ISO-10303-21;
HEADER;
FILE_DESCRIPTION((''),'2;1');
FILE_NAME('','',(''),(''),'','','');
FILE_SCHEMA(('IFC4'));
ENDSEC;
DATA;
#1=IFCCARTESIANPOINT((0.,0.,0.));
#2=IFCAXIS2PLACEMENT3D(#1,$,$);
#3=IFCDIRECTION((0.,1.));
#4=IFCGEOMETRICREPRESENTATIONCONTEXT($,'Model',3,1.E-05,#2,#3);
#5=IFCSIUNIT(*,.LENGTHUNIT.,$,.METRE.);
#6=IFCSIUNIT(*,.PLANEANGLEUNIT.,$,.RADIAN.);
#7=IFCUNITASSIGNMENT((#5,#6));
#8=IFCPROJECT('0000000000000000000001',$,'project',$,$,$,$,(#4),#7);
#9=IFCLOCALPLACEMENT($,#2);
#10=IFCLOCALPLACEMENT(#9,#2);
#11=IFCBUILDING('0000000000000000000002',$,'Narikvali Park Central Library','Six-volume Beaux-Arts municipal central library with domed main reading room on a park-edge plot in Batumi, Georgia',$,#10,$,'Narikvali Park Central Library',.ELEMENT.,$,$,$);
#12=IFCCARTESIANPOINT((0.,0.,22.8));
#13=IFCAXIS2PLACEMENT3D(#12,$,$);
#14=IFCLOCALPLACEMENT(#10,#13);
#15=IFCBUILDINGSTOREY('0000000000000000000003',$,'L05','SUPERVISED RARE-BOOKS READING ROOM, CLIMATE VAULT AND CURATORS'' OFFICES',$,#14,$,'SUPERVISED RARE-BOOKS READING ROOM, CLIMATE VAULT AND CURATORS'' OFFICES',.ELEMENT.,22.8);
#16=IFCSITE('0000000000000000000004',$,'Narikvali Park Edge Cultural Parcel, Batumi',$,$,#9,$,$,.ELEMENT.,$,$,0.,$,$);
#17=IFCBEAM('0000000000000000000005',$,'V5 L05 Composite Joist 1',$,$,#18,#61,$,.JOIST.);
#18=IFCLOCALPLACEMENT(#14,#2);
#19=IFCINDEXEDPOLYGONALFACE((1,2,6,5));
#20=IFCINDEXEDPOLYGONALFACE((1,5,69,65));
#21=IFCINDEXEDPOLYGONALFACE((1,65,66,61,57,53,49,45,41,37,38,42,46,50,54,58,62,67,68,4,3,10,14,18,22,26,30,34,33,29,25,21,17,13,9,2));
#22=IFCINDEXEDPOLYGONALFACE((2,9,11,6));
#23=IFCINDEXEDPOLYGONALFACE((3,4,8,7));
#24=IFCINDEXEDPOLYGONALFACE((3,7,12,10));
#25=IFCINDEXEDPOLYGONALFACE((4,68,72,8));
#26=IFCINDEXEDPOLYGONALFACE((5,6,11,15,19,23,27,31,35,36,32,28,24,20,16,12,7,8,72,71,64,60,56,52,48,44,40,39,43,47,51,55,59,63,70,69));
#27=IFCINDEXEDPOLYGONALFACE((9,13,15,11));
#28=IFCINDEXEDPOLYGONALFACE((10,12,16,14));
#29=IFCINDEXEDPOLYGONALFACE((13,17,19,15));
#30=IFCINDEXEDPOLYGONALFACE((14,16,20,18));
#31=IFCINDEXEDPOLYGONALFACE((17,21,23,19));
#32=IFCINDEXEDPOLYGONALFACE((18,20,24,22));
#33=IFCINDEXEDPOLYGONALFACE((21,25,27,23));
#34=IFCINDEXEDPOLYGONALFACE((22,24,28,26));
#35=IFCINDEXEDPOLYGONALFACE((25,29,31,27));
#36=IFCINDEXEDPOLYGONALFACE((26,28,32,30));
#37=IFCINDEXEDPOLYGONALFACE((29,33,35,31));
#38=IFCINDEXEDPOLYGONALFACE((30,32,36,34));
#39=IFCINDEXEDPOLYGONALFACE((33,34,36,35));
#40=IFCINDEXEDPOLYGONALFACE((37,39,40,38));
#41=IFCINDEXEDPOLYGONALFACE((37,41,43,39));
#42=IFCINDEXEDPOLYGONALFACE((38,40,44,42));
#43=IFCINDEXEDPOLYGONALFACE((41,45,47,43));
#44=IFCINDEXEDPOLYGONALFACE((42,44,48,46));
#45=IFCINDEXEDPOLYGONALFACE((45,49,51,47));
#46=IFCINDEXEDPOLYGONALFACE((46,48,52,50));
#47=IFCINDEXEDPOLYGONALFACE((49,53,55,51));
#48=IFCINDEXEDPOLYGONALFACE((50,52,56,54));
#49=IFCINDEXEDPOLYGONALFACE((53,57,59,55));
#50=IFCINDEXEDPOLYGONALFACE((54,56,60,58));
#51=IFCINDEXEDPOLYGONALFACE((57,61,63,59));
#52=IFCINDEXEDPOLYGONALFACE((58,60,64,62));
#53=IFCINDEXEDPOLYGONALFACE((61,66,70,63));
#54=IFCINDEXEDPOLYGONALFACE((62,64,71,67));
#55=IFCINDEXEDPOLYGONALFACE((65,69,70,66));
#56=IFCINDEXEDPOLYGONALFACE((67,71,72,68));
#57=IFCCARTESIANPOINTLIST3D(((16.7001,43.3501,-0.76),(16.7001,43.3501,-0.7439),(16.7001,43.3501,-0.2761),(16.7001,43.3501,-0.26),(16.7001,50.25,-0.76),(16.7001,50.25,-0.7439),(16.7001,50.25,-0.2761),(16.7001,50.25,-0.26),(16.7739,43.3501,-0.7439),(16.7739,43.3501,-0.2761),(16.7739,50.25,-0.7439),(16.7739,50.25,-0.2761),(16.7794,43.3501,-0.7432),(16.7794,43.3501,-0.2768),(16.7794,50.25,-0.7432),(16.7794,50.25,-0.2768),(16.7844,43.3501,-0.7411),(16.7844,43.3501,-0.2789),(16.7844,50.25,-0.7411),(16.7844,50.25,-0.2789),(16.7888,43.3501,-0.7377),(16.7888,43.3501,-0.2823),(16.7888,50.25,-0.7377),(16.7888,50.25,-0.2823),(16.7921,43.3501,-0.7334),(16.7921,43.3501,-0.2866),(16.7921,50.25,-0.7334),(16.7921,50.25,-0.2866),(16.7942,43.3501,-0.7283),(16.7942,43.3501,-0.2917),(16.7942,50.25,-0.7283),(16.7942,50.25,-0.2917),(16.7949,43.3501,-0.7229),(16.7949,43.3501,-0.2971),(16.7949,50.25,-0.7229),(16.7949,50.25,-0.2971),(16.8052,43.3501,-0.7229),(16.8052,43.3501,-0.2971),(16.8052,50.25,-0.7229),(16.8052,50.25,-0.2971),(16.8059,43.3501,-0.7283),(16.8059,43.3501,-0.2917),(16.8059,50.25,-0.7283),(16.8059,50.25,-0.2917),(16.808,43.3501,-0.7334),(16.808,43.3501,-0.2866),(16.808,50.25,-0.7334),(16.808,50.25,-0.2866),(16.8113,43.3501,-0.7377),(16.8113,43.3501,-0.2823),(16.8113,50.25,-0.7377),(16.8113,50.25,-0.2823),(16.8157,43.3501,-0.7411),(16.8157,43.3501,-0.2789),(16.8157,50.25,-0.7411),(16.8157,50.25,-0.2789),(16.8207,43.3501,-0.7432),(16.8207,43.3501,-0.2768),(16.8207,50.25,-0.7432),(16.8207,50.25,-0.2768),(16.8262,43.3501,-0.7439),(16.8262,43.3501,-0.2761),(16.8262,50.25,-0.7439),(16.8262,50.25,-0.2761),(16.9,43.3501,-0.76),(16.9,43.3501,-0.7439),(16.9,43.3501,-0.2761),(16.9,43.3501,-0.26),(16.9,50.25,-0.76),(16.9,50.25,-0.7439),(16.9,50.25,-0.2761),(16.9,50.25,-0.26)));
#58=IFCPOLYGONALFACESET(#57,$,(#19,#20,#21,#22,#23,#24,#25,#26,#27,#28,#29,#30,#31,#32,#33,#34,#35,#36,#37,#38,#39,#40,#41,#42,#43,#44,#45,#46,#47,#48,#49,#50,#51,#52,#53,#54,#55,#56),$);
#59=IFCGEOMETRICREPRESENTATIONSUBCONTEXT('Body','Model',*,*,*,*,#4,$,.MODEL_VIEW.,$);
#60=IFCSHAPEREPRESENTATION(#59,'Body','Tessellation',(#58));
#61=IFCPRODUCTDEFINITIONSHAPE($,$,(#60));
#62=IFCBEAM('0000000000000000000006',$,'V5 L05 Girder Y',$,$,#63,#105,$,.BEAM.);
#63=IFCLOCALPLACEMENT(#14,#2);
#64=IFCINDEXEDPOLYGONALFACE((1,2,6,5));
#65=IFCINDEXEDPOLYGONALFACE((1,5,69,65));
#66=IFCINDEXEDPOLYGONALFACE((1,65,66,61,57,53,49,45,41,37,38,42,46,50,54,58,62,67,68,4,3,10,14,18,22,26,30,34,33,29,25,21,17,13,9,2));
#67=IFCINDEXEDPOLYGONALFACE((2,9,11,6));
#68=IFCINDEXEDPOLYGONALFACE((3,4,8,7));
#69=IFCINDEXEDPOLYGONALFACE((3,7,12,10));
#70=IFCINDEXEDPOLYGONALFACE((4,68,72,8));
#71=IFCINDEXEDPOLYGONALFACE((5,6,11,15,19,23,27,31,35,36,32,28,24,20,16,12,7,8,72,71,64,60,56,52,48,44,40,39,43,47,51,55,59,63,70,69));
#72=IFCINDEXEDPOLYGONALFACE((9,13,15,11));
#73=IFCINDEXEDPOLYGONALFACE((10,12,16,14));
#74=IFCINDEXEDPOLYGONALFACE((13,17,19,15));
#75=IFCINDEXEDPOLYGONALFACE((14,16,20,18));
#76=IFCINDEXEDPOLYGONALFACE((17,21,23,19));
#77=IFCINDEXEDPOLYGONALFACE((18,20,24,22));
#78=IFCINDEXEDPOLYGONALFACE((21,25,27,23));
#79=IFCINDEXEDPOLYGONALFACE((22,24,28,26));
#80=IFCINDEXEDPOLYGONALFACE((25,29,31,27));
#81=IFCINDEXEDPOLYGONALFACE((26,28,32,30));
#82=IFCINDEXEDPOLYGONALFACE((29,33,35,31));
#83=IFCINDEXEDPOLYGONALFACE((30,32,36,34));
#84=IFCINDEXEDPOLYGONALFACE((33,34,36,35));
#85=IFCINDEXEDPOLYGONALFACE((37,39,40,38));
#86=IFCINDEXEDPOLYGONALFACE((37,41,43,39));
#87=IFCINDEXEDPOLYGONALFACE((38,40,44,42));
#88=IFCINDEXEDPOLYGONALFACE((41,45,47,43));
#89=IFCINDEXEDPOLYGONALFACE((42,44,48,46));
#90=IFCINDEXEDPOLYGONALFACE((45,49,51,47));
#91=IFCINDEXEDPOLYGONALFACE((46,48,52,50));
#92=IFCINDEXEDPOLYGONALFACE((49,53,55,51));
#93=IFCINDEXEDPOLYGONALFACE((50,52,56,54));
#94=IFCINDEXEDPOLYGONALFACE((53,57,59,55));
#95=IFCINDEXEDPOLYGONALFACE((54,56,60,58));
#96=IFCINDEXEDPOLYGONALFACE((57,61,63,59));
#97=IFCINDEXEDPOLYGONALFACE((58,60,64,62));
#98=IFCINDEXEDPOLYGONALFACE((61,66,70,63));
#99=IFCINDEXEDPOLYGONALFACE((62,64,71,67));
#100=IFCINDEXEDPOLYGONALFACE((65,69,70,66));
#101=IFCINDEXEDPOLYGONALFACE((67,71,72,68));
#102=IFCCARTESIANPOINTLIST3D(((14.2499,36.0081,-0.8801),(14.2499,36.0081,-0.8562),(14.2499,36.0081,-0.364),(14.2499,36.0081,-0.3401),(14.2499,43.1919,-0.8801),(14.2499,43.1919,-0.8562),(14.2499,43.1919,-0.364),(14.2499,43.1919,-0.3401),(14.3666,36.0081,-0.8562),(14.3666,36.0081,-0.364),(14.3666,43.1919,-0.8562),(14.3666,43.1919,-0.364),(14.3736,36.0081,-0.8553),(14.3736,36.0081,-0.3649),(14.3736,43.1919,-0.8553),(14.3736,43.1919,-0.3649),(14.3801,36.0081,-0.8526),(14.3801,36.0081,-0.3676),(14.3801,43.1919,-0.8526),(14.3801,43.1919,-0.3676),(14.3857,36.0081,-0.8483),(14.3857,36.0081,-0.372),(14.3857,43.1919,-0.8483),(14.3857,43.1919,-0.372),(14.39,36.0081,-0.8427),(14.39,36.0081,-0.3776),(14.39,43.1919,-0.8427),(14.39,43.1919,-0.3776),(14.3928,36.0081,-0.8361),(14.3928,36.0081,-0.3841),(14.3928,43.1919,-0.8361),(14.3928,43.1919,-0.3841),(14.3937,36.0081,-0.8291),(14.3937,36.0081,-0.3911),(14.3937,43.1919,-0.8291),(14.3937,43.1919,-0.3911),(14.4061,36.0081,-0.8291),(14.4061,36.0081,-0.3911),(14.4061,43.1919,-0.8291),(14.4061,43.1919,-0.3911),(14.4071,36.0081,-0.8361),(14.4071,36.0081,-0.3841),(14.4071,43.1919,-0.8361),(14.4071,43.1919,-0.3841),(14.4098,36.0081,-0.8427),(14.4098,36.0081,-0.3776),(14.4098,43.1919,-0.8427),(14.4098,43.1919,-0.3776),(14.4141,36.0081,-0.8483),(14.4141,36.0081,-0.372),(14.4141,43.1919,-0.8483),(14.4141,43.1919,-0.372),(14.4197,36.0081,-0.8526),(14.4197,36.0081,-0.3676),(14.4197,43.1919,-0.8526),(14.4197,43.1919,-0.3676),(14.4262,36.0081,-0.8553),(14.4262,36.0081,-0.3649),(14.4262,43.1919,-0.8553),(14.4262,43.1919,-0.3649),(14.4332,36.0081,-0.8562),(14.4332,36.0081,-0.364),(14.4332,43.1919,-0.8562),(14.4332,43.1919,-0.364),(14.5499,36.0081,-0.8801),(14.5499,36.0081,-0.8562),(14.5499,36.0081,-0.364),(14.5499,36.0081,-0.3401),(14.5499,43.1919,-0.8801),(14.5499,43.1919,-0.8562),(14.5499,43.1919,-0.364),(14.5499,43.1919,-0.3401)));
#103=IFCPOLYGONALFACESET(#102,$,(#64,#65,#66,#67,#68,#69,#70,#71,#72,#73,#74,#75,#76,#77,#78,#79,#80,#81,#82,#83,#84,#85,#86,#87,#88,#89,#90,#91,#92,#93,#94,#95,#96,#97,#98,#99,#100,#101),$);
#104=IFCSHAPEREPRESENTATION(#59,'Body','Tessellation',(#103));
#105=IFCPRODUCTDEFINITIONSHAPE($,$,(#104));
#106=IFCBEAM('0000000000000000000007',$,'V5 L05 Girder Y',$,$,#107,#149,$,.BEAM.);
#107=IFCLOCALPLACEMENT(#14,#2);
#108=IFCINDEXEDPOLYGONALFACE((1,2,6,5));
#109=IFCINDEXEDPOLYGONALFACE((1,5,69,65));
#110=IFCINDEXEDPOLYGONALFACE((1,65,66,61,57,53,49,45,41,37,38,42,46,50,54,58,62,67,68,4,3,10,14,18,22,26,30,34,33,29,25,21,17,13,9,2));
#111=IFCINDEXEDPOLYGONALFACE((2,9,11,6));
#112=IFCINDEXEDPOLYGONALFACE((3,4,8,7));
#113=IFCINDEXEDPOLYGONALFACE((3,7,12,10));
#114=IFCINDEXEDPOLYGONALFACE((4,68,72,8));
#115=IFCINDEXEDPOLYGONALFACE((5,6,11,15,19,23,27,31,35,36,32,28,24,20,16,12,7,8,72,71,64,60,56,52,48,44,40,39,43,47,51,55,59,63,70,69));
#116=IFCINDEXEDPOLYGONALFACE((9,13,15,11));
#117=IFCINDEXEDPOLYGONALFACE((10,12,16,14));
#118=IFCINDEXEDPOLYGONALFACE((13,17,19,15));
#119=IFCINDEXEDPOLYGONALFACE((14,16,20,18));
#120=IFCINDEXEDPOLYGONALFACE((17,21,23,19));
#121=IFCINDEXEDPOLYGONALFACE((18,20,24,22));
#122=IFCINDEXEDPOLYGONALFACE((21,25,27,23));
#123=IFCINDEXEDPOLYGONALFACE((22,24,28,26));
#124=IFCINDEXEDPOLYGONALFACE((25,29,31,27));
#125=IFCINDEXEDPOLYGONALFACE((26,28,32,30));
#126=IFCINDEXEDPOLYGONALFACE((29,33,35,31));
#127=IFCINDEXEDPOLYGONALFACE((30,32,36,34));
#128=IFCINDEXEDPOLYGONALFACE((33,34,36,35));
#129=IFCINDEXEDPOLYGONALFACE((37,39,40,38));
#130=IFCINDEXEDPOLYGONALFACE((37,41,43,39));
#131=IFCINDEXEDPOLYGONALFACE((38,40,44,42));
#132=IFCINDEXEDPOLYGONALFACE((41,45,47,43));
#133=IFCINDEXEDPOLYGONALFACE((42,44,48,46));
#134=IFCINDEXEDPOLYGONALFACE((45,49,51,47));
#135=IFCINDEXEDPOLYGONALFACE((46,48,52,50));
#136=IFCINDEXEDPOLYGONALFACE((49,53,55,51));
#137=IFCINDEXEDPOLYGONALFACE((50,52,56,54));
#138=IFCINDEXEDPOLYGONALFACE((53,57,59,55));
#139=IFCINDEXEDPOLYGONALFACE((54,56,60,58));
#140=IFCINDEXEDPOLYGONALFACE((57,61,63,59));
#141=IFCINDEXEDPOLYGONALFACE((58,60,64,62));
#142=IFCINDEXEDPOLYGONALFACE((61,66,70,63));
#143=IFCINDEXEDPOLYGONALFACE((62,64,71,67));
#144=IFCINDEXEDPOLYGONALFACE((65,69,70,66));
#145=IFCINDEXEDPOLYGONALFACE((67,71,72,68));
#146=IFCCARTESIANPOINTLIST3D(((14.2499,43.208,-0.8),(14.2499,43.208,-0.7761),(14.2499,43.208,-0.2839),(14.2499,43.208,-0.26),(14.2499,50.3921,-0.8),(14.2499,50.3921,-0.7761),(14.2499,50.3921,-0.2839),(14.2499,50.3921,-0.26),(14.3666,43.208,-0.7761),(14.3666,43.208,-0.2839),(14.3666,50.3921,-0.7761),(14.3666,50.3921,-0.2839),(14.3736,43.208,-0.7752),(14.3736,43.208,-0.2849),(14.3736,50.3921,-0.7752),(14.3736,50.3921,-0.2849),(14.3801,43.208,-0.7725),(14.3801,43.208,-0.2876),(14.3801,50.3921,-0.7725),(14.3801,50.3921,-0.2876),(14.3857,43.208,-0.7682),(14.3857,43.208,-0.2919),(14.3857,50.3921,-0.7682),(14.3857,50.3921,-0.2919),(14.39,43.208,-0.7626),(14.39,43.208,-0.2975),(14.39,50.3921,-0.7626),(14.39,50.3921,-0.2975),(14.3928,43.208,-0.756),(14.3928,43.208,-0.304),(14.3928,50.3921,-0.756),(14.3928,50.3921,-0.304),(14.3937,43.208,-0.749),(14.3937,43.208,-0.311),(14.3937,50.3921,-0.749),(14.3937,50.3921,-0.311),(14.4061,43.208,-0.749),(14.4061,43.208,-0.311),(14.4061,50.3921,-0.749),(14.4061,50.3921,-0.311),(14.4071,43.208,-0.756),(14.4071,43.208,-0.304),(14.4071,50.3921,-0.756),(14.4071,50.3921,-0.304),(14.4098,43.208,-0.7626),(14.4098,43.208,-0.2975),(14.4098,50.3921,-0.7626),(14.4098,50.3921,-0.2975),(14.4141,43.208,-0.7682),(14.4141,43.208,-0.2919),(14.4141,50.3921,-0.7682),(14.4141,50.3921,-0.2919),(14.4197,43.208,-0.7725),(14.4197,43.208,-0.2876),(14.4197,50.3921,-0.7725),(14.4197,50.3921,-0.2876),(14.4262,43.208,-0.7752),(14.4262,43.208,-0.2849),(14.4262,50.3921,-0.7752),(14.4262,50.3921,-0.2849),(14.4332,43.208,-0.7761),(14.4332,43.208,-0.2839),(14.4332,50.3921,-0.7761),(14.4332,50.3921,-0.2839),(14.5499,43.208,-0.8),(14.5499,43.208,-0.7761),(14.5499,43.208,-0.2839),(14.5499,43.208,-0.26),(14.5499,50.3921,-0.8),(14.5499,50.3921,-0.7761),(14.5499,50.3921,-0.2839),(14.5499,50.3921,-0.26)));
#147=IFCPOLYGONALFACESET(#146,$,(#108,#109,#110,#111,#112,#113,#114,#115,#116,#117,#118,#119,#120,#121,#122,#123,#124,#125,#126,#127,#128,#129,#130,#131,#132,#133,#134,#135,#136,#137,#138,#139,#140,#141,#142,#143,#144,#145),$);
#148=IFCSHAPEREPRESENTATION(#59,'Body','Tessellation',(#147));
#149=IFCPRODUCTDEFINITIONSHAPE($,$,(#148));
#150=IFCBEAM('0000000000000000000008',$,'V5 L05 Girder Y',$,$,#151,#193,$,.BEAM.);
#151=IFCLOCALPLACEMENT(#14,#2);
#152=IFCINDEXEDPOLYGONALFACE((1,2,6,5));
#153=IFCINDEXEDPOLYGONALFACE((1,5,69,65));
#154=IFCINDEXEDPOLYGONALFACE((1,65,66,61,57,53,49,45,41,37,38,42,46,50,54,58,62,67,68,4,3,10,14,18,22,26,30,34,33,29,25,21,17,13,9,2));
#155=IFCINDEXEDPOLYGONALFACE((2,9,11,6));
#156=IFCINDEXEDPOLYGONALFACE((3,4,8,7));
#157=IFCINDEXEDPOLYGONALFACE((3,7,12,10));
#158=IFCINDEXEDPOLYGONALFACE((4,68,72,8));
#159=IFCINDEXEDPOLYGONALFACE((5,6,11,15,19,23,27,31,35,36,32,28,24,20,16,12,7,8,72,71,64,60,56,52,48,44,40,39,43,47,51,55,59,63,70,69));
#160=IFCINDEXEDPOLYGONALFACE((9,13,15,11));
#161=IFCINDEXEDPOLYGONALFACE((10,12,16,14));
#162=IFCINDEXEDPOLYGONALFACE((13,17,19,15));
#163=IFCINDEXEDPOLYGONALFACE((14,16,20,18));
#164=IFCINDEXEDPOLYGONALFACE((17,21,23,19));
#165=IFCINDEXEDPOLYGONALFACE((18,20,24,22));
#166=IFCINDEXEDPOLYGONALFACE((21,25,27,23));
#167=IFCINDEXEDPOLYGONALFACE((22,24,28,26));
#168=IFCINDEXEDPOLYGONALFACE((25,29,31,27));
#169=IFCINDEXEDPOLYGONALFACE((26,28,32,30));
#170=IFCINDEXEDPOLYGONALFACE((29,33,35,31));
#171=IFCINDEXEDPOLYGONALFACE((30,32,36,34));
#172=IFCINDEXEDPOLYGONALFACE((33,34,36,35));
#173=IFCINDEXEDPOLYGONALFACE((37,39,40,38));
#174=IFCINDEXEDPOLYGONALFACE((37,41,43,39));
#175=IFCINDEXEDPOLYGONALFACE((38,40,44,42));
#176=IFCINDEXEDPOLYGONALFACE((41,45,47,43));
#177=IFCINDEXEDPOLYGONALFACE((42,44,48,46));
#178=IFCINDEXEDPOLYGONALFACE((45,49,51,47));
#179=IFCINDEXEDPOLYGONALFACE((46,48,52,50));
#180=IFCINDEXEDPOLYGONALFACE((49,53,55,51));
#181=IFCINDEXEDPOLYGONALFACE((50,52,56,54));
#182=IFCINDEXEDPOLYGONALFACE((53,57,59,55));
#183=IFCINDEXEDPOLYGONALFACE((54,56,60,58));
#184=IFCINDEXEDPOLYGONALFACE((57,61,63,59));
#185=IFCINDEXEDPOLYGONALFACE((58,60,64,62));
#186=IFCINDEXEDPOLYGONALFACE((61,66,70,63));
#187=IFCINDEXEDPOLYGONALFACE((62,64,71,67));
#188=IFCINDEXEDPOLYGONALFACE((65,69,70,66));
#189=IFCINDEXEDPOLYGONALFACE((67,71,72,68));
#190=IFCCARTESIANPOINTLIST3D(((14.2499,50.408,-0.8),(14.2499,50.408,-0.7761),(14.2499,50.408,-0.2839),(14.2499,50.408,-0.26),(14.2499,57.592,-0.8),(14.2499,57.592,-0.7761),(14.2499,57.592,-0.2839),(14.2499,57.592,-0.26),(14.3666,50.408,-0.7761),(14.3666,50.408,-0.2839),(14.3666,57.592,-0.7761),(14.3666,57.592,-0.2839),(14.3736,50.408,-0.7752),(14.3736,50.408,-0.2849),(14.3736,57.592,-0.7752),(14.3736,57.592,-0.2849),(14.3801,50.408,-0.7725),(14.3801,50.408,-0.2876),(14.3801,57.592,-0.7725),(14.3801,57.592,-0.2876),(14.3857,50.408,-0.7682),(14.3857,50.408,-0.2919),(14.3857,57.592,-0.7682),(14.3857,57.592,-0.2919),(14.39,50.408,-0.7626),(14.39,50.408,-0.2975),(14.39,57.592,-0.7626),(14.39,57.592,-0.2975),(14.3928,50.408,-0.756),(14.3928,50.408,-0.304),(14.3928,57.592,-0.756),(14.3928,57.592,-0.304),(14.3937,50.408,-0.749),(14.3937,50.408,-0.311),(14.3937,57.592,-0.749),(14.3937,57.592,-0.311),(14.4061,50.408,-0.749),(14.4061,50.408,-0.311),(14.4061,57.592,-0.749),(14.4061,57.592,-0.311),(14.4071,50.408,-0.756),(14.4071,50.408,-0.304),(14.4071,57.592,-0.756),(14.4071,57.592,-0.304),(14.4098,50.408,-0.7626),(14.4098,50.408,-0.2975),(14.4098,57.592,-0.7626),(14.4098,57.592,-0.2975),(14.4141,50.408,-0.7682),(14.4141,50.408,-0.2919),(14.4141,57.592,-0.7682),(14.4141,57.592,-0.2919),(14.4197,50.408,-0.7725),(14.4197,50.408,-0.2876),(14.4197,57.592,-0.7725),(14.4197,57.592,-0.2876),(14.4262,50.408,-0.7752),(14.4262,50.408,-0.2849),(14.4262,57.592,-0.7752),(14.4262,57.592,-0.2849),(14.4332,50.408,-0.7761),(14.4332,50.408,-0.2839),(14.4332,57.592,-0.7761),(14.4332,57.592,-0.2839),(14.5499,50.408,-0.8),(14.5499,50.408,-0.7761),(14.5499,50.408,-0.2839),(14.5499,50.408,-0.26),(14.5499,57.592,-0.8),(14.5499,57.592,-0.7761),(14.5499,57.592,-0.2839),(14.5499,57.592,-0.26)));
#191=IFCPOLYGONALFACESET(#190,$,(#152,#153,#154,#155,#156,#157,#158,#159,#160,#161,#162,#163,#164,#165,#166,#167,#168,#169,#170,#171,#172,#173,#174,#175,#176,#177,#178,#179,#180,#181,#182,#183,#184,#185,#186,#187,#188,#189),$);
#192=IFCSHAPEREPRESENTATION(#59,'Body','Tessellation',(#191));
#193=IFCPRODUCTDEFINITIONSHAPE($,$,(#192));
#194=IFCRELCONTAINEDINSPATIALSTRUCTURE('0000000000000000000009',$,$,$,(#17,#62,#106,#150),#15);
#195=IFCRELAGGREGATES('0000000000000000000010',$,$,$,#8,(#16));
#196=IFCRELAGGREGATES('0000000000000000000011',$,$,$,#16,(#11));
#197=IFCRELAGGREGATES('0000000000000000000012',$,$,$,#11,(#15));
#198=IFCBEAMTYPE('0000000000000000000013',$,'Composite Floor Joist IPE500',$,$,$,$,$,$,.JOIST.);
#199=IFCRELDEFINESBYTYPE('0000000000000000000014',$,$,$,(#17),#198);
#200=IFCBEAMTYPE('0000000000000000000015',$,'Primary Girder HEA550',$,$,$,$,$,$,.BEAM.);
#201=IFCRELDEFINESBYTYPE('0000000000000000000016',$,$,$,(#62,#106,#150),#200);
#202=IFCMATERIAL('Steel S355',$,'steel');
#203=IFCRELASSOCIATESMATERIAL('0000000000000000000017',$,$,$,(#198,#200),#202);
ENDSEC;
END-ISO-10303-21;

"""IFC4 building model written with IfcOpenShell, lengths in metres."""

from ifc_helpers import new_model, si_unit, direction, frame, origin, origin_2d, place, context, subcontext, project, spatial, i_section, extrude, material, material_profile, profile_set, type_object, element, save


model = new_model("IFC4")

# Units and contexts
model_context = context("Model", 3, precision=1e-05, world=origin(), true_north=direction((0.0, 1.0)))
body_context = subcontext(model_context, "Body", "Model", "MODEL_VIEW")
ifc_project = project(units=[si_unit("LENGTHUNIT", "METRE"), si_unit("PLANEANGLEUNIT", "RADIAN")], contexts=[model_context])

# Site, building, storey
site_placement = place(None, origin())
site = spatial("IfcSite", under=ifc_project, at=site_placement, Name="Narikvali Park Edge Cultural Parcel, Batumi", CompositionType="ELEMENT", RefElevation=0.0)
building_placement = place(site_placement, origin())
building = spatial("IfcBuilding", under=site, at=building_placement, Name="Narikvali Park Central Library", Description="Six-volume Beaux-Arts municipal central library with domed main reading room on a park-edge plot in Batumi, Georgia", LongName="Narikvali Park Central Library", CompositionType="ELEMENT")
storey_placement = place(building_placement, frame((0.0, 0.0, 22.8)))
storey = spatial("IfcBuildingStorey", under=building, at=storey_placement, Name="L05", Description="SUPERVISED RARE-BOOKS READING ROOM, CLIMATE VAULT AND CURATORS' OFFICES", LongName="SUPERVISED RARE-BOOKS READING ROOM, CLIMATE VAULT AND CURATORS' OFFICES", CompositionType="ELEMENT", Elevation=22.8)

# Shared definitions
ifc_material_1 = material(Name="Steel S355", Category="steel")

# Beams
ifc_material_profile_1 = material_profile(ifc_material_1, i_section(OverallWidth=0.2, OverallDepth=0.5, WebThickness=0.0103, FlangeThickness=0.0161, FilletRadius=0.021, at=origin_2d()), Name="IPE 500")
ifc_profile_set_1 = profile_set([ifc_material_profile_1], Name="Steel S355")
beam_type_1 = type_object("IfcBeamType", Name="Composite Floor Joist IPE500", PredefinedType="JOIST", material=ifc_profile_set_1)
beam_1_placement = place(storey_placement, frame((16.8, 43.3501, -0.51), z_axis=(0.0, 1.0, 0.0), x_axis=(-1.0, 0.0, 0.0)))
element("IfcBeam", 1, at=beam_1_placement, inside=storey, type_object=beam_type_1, Name="V5 L05 Composite Joist 1", PredefinedType="JOIST", context=body_context, shape_type="SweptSolid", body=[
    extrude(i_section(OverallWidth=0.2, OverallDepth=0.5, WebThickness=0.0103, FlangeThickness=0.0161, FilletRadius=0.021, at=origin_2d()), origin(), (0.0, 0.0, 1.0), 6.8999),
])
ifc_material_profile_2 = material_profile(ifc_material_1, i_section(OverallWidth=0.3, OverallDepth=0.54, WebThickness=0.0125, FlangeThickness=0.0239, FilletRadius=0.0271, at=origin_2d()), Name="HEA 550")
ifc_profile_set_2 = profile_set([ifc_material_profile_2], Name="Steel S355")
beam_type_2 = type_object("IfcBeamType", Name="Primary Girder HEA550", PredefinedType="BEAM", material=ifc_profile_set_2)
beam_2_placement = place(storey_placement, frame((14.3999, 36.0081, -0.6101), z_axis=(0.0, 1.0, 0.0), x_axis=(-1.0, 0.0, 0.0)))
element("IfcBeam", 2, at=beam_2_placement, inside=storey, type_object=beam_type_2, Name="V5 L05 Girder Y", PredefinedType="BEAM", context=body_context, shape_type="SweptSolid", body=[
    extrude(i_section(OverallWidth=0.3, OverallDepth=0.54, WebThickness=0.0125, FlangeThickness=0.0239, FilletRadius=0.0271, at=origin_2d()), origin(), (0.0, 0.0, 1.0), 7.1838),
])
for number, where, z_axis, x_axis, name in (
    (3, (14.3999, 43.208, -0.53), (0.0, 1.0, 0.0), (-1.0, 0.0, 0.0), "V5 L05 Girder Y"),
    (4, (14.3999, 50.408, -0.53), (0.0, 1.0, 0.0), (-1.0, 0.0, 0.0), "V5 L05 Girder Y"),
):
    element("IfcBeam", number, at=place(storey_placement, frame(where, z_axis=z_axis, x_axis=x_axis)), inside=storey, type_object=beam_type_2, Name=name, PredefinedType="BEAM", context=body_context, shape_type="SweptSolid", body=[
        extrude(i_section(OverallWidth=0.3, OverallDepth=0.54, WebThickness=0.0125, FlangeThickness=0.0239, FilletRadius=0.0271, at=origin_2d()), origin(), (0.0, 0.0, 1.0), 7.1841),
    ])

save(model, "model.ifc")
